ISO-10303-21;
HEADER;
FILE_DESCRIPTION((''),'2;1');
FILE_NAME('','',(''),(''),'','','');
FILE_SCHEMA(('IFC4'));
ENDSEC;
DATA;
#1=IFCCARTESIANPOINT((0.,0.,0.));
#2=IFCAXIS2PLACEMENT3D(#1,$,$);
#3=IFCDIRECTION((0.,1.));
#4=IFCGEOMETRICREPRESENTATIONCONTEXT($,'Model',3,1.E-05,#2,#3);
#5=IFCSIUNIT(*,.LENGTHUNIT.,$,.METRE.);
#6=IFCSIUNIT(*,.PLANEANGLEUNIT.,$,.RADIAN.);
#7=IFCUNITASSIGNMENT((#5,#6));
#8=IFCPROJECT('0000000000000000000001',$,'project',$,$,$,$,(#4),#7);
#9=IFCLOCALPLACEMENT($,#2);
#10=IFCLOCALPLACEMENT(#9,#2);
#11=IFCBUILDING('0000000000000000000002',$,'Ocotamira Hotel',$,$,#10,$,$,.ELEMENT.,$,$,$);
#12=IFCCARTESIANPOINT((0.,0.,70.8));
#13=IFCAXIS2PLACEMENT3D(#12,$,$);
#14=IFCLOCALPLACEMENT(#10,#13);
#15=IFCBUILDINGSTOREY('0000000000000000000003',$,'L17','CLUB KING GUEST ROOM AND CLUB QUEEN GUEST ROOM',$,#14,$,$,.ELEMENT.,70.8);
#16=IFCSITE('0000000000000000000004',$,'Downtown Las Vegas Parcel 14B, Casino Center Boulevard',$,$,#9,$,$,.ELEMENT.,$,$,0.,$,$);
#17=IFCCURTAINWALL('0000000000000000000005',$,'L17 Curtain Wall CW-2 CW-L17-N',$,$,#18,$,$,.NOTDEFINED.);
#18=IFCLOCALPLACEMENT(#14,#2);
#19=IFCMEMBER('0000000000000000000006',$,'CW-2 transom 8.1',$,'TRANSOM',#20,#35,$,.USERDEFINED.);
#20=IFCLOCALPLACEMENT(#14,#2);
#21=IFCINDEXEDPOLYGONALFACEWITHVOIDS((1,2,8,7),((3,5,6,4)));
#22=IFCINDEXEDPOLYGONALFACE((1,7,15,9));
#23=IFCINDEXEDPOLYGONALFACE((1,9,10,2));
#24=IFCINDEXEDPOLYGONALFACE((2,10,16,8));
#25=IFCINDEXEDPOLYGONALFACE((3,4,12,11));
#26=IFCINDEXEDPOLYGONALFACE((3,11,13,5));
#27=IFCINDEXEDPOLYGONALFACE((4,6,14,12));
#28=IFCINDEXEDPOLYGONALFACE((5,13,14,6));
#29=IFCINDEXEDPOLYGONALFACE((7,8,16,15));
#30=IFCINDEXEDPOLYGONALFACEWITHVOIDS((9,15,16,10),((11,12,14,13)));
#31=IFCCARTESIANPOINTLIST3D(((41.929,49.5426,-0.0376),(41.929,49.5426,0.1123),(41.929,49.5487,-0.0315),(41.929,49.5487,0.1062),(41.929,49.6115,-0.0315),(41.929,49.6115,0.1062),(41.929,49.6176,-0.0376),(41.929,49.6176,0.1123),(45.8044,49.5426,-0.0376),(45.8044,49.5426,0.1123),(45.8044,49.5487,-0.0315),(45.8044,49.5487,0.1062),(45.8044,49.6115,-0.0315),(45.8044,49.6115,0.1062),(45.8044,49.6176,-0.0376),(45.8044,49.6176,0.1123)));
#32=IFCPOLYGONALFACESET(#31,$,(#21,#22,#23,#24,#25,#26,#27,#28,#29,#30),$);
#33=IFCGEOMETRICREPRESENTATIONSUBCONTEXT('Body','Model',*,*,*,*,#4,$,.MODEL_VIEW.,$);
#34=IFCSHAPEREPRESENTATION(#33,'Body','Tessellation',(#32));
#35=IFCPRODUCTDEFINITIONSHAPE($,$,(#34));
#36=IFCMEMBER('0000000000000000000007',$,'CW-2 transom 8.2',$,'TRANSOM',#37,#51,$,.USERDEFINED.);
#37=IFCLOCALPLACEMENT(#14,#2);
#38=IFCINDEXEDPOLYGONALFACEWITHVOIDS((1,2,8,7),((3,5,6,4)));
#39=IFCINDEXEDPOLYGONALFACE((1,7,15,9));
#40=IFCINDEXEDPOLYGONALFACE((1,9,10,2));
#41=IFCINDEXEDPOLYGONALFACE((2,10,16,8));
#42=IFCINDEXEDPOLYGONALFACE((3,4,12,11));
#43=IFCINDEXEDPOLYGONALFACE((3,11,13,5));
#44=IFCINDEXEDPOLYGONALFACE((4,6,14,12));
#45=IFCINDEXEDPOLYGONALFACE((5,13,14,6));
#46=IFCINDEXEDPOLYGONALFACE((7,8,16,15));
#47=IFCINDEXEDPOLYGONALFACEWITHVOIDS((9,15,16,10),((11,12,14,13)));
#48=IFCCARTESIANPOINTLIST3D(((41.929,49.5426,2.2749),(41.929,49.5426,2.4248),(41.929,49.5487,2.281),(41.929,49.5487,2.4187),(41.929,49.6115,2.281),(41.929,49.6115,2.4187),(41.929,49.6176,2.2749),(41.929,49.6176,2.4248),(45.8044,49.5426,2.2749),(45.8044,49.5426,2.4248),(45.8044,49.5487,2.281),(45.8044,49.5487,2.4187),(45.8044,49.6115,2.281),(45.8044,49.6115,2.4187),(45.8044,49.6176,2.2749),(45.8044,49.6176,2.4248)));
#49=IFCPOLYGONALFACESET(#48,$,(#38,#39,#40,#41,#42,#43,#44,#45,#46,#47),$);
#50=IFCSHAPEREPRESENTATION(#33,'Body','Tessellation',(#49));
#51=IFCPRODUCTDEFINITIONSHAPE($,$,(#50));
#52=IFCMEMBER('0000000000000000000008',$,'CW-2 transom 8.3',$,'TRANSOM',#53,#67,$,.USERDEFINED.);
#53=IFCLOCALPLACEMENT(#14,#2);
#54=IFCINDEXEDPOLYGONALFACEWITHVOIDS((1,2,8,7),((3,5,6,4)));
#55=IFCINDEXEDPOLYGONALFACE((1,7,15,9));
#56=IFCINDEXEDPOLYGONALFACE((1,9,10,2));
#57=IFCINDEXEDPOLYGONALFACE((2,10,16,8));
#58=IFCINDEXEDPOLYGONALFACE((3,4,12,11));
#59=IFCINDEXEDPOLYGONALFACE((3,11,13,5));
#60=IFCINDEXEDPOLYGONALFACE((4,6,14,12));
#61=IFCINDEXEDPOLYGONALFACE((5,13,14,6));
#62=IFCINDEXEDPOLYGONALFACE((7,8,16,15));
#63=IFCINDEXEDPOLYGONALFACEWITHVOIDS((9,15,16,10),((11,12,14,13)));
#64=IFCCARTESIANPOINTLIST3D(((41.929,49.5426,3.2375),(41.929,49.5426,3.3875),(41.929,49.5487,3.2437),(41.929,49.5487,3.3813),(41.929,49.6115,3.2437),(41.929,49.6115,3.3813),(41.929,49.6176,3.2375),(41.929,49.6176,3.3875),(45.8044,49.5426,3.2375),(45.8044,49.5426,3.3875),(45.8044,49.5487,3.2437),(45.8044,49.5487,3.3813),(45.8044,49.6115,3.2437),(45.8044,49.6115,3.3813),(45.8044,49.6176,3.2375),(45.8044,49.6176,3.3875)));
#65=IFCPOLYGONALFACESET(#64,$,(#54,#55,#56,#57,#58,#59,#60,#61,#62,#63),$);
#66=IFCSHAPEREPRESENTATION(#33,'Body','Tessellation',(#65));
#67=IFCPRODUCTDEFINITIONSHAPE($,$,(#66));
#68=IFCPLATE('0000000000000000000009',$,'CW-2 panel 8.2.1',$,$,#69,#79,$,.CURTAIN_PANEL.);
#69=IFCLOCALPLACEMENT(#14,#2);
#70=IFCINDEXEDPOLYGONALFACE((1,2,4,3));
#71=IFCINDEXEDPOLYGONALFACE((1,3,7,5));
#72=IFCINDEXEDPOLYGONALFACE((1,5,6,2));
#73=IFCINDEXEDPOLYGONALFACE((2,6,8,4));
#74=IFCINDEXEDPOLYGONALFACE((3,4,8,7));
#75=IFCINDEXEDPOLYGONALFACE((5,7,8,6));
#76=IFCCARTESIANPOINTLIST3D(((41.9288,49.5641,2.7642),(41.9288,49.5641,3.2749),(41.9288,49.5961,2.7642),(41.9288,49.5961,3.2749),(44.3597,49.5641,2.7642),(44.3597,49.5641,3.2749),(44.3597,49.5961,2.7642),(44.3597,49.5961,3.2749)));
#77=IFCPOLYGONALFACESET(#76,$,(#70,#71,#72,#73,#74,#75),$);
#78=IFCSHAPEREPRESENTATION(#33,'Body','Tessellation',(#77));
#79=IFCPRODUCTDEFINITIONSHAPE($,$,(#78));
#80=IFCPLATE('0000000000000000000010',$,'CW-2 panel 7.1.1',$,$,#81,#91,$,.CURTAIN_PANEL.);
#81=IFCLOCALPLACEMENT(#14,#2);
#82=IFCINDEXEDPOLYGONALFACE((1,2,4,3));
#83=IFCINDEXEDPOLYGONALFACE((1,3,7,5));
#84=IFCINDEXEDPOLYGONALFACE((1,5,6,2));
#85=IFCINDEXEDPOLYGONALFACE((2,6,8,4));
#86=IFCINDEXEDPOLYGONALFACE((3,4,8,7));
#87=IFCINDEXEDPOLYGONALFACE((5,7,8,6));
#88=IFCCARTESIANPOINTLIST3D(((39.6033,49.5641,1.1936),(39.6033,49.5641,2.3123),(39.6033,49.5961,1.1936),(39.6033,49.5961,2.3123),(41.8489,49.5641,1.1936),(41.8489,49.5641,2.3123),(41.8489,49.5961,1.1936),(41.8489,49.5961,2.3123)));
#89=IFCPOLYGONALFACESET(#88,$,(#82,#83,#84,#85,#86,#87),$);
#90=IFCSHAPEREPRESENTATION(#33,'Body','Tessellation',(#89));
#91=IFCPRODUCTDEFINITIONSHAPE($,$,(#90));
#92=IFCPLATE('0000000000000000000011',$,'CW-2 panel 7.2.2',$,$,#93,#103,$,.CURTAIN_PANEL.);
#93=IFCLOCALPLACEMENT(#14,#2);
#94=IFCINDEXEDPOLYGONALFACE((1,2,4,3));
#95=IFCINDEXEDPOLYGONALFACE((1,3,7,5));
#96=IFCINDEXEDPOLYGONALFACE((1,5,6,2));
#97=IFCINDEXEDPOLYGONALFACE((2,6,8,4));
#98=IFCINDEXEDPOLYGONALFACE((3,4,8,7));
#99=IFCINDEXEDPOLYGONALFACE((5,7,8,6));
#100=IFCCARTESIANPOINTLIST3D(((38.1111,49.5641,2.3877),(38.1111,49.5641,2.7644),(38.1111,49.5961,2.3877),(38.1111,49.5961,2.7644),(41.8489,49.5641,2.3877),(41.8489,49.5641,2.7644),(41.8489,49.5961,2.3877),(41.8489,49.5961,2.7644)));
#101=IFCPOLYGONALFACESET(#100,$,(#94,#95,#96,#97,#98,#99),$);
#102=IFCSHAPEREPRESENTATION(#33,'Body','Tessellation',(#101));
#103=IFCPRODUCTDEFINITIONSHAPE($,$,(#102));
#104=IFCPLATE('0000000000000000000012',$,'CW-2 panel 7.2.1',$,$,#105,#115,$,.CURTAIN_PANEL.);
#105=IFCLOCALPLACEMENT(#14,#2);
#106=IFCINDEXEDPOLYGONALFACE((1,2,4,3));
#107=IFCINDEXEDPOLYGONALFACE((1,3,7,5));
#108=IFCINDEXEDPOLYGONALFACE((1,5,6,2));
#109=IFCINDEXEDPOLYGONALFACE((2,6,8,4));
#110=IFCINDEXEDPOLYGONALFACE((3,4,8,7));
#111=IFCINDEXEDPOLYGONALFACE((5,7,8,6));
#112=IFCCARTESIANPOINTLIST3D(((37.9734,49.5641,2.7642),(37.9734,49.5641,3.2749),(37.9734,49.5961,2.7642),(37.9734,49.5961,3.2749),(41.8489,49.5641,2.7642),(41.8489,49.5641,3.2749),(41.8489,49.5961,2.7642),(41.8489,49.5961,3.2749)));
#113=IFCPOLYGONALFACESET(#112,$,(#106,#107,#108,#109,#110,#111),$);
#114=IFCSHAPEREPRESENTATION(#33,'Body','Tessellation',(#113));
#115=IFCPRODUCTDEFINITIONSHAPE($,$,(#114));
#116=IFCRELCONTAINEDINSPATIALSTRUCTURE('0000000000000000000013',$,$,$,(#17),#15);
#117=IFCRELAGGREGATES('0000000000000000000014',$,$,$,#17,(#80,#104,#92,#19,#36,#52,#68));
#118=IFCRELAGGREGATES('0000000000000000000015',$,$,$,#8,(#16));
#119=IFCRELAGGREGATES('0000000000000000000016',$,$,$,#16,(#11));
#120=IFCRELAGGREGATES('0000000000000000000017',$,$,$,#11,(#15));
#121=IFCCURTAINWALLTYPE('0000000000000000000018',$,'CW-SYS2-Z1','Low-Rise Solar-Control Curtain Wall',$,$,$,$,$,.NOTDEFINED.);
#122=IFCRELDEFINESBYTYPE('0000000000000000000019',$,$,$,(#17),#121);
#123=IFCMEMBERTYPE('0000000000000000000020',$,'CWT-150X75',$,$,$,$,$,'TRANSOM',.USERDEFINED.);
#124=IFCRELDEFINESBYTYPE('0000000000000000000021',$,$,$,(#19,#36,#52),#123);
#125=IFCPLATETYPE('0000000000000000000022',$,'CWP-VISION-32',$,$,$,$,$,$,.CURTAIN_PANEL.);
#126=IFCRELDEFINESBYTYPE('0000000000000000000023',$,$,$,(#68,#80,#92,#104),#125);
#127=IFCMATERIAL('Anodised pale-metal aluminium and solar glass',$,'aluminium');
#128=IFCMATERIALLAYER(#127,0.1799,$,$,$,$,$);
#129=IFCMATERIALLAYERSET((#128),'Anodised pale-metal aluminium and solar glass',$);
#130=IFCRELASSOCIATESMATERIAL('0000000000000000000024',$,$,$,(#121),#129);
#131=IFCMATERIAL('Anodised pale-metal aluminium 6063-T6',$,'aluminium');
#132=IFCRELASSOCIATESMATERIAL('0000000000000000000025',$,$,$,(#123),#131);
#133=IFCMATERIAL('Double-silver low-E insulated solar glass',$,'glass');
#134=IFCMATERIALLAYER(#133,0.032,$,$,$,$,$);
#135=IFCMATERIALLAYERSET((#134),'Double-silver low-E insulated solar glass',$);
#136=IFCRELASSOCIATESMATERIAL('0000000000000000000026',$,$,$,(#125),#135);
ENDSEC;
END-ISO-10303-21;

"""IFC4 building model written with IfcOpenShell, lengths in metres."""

from ifc_helpers import new_model, si_unit, direction, frame, origin, origin_2d, place, context, subcontext, project, spatial, rectangle, hollow_rectangle, extrude, source, transform, mapped, material, layer, layer_set, material_profile, profile_set, type_object, element, aggregate, save


model = new_model("IFC4")

# Units and contexts
model_context = context("Model", 3, precision=1e-05, world=origin(), true_north=direction((0.0, 1.0)))
body_context = subcontext(model_context, "Body", "Model", "MODEL_VIEW")
ifc_project = project(units=[si_unit("LENGTHUNIT", "METRE"), si_unit("PLANEANGLEUNIT", "RADIAN")], contexts=[model_context])

# Site, building, storey
site_placement = place(None, origin())
site = spatial("IfcSite", under=ifc_project, at=site_placement, Name="Downtown Las Vegas Parcel 14B, Casino Center Boulevard", CompositionType="ELEMENT", RefElevation=0.0)
building_placement = place(site_placement, origin())
building = spatial("IfcBuilding", under=site, at=building_placement, Name="Ocotamira Hotel", CompositionType="ELEMENT")
storey_placement = place(building_placement, frame((0.0, 0.0, 70.8)))
storey = spatial("IfcBuildingStorey", under=building, at=storey_placement, Name="L17", Description="CLUB KING GUEST ROOM AND CLUB QUEEN GUEST ROOM", CompositionType="ELEMENT", Elevation=70.8)

# Curtain wall, members, plates
ifc_material_1 = material(Name="Anodised pale-metal aluminium and solar glass", Category="aluminium")
ifc_layer_1 = layer(ifc_material_1, 0.1799)
ifc_layer_set_1 = layer_set([ifc_layer_1], Name="Anodised pale-metal aluminium and solar glass")
curtain_wall_type = type_object("IfcCurtainWallType", Name="CW-SYS2-Z1", Description="Low-Rise Solar-Control Curtain Wall", PredefinedType="NOTDEFINED", material=ifc_layer_set_1)
curtain_wall_placement = place(storey_placement, origin())
curtain_wall = element("IfcCurtainWall", 1, at=curtain_wall_placement, inside=storey, type_object=curtain_wall_type, Name="L17 Curtain Wall CW-2 CW-L17-N", PredefinedType="NOTDEFINED")
ifc_material_2 = material(Name="Anodised pale-metal aluminium 6063-T6", Category="aluminium")
ifc_material_profile_1 = material_profile(ifc_material_2, hollow_rectangle(XDim=0.075, YDim=0.1499, WallThickness=0.0061, at=origin_2d()), Name="HSS150X75X6")
ifc_profile_set_1 = profile_set([ifc_material_profile_1], Name="Anodised pale-metal aluminium 6063-T6")
member_type_1 = type_object("IfcMemberType", Name="CWT-150X75", ElementType="TRANSOM", PredefinedType="USERDEFINED", material=ifc_profile_set_1)
shared_shape_1 = source(origin(), body_context, "Body", "SweptSolid", [
    extrude(hollow_rectangle(XDim=0.075, YDim=0.1499, WallThickness=0.0061, at=origin_2d()), origin(), (0.0, 0.0, 1.0), 3.8755),
])
member_1_placement = place(storey_placement, frame((41.929, 49.5801, 0.0374), z_axis=(1.0, 0.0, 0.0), x_axis=(0.0, 1.0, 0.0)))
member_1 = element("IfcMember", 2, at=member_1_placement, type_object=member_type_1, Name="CW-2 transom 8.1", ObjectType="TRANSOM", PredefinedType="USERDEFINED", context=body_context, shape_type="MappedRepresentation", body=[
    mapped(shared_shape_1, transform((0.0, 0.0, 0.0), scale=1.0)),
])
member_2_placement = place(storey_placement, frame((41.929, 49.5801, 2.3499), z_axis=(1.0, 0.0, 0.0), x_axis=(0.0, 1.0, 0.0)))
member_2 = element("IfcMember", 3, at=member_2_placement, type_object=member_type_1, Name="CW-2 transom 8.2", ObjectType="TRANSOM", PredefinedType="USERDEFINED", context=body_context, shape_type="MappedRepresentation", body=[
    mapped(shared_shape_1, transform((0.0, 0.0, 0.0), scale=1.0)),
])
member_3_placement = place(storey_placement, frame((41.929, 49.5801, 3.3125), z_axis=(1.0, 0.0, 0.0), x_axis=(0.0, 1.0, 0.0)))
member_3 = element("IfcMember", 4, at=member_3_placement, type_object=member_type_1, Name="CW-2 transom 8.3", ObjectType="TRANSOM", PredefinedType="USERDEFINED", context=body_context, shape_type="MappedRepresentation", body=[
    mapped(shared_shape_1, transform((0.0, 0.0, 0.0), scale=1.0)),
])
ifc_material_3 = material(Name="Double-silver low-E insulated solar glass", Category="glass")
ifc_layer_2 = layer(ifc_material_3, 0.032)
ifc_layer_set_2 = layer_set([ifc_layer_2], Name="Double-silver low-E insulated solar glass")
plate_type = type_object("IfcPlateType", Name="CWP-VISION-32", PredefinedType="CURTAIN_PANEL", material=ifc_layer_set_2)
shared_shape_2 = source(origin(), body_context, "Body", "SweptSolid", [
    extrude(rectangle(XDim=2.4309, YDim=0.032, at=origin_2d()), origin(), (0.0, 0.0, 1.0), 0.5107),
])
plate_1_placement = place(storey_placement, frame((43.1443, 49.5801, 2.7642), z_axis=(0.0, 0.0, 1.0), x_axis=(1.0, 0.0, 0.0)))
plate_1 = element("IfcPlate", 5, at=plate_1_placement, type_object=plate_type, Name="CW-2 panel 8.2.1", PredefinedType="CURTAIN_PANEL", context=body_context, shape_type="MappedRepresentation", body=[
    mapped(shared_shape_2, transform((0.0, 0.0, 0.0), scale=1.0)),
])
shared_shape_3 = source(origin(), body_context, "Body", "SweptSolid", [
    extrude(rectangle(XDim=2.2456, YDim=0.032, at=origin_2d()), origin(), (0.0, 0.0, 1.0), 1.1187),
])
plate_2_placement = place(storey_placement, frame((40.7261, 49.5801, 1.1936), z_axis=(0.0, 0.0, 1.0), x_axis=(1.0, 0.0, 0.0)))
plate_2 = element("IfcPlate", 6, at=plate_2_placement, type_object=plate_type, Name="CW-2 panel 7.1.1", PredefinedType="CURTAIN_PANEL", context=body_context, shape_type="MappedRepresentation", body=[
    mapped(shared_shape_3, transform((0.0, 0.0, 0.0), scale=1.0)),
])
shared_shape_4 = source(origin(), body_context, "Body", "SweptSolid", [
    extrude(rectangle(XDim=3.7378, YDim=0.032, at=origin_2d()), origin(), (0.0, 0.0, 1.0), 0.3767),
])
plate_3_placement = place(storey_placement, frame((39.98, 49.5801, 2.3877), z_axis=(0.0, 0.0, 1.0), x_axis=(1.0, 0.0, 0.0)))
plate_3 = element("IfcPlate", 7, at=plate_3_placement, type_object=plate_type, Name="CW-2 panel 7.2.2", PredefinedType="CURTAIN_PANEL", context=body_context, shape_type="MappedRepresentation", body=[
    mapped(shared_shape_4, transform((0.0, 0.0, 0.0), scale=1.0)),
])
shared_shape_5 = source(origin(), body_context, "Body", "SweptSolid", [
    extrude(rectangle(XDim=3.8755, YDim=0.032, at=origin_2d()), origin(), (0.0, 0.0, 1.0), 0.5107),
])
plate_4_placement = place(storey_placement, frame((39.9111, 49.5801, 2.7642), z_axis=(0.0, 0.0, 1.0), x_axis=(1.0, 0.0, 0.0)))
plate_4 = element("IfcPlate", 8, at=plate_4_placement, type_object=plate_type, Name="CW-2 panel 7.2.1", PredefinedType="CURTAIN_PANEL", context=body_context, shape_type="MappedRepresentation", body=[
    mapped(shared_shape_5, transform((0.0, 0.0, 0.0), scale=1.0)),
])
aggregate(curtain_wall, [plate_2, plate_4, plate_3, member_1, member_2, member_3, plate_1])

save(model, "model.ifc")
